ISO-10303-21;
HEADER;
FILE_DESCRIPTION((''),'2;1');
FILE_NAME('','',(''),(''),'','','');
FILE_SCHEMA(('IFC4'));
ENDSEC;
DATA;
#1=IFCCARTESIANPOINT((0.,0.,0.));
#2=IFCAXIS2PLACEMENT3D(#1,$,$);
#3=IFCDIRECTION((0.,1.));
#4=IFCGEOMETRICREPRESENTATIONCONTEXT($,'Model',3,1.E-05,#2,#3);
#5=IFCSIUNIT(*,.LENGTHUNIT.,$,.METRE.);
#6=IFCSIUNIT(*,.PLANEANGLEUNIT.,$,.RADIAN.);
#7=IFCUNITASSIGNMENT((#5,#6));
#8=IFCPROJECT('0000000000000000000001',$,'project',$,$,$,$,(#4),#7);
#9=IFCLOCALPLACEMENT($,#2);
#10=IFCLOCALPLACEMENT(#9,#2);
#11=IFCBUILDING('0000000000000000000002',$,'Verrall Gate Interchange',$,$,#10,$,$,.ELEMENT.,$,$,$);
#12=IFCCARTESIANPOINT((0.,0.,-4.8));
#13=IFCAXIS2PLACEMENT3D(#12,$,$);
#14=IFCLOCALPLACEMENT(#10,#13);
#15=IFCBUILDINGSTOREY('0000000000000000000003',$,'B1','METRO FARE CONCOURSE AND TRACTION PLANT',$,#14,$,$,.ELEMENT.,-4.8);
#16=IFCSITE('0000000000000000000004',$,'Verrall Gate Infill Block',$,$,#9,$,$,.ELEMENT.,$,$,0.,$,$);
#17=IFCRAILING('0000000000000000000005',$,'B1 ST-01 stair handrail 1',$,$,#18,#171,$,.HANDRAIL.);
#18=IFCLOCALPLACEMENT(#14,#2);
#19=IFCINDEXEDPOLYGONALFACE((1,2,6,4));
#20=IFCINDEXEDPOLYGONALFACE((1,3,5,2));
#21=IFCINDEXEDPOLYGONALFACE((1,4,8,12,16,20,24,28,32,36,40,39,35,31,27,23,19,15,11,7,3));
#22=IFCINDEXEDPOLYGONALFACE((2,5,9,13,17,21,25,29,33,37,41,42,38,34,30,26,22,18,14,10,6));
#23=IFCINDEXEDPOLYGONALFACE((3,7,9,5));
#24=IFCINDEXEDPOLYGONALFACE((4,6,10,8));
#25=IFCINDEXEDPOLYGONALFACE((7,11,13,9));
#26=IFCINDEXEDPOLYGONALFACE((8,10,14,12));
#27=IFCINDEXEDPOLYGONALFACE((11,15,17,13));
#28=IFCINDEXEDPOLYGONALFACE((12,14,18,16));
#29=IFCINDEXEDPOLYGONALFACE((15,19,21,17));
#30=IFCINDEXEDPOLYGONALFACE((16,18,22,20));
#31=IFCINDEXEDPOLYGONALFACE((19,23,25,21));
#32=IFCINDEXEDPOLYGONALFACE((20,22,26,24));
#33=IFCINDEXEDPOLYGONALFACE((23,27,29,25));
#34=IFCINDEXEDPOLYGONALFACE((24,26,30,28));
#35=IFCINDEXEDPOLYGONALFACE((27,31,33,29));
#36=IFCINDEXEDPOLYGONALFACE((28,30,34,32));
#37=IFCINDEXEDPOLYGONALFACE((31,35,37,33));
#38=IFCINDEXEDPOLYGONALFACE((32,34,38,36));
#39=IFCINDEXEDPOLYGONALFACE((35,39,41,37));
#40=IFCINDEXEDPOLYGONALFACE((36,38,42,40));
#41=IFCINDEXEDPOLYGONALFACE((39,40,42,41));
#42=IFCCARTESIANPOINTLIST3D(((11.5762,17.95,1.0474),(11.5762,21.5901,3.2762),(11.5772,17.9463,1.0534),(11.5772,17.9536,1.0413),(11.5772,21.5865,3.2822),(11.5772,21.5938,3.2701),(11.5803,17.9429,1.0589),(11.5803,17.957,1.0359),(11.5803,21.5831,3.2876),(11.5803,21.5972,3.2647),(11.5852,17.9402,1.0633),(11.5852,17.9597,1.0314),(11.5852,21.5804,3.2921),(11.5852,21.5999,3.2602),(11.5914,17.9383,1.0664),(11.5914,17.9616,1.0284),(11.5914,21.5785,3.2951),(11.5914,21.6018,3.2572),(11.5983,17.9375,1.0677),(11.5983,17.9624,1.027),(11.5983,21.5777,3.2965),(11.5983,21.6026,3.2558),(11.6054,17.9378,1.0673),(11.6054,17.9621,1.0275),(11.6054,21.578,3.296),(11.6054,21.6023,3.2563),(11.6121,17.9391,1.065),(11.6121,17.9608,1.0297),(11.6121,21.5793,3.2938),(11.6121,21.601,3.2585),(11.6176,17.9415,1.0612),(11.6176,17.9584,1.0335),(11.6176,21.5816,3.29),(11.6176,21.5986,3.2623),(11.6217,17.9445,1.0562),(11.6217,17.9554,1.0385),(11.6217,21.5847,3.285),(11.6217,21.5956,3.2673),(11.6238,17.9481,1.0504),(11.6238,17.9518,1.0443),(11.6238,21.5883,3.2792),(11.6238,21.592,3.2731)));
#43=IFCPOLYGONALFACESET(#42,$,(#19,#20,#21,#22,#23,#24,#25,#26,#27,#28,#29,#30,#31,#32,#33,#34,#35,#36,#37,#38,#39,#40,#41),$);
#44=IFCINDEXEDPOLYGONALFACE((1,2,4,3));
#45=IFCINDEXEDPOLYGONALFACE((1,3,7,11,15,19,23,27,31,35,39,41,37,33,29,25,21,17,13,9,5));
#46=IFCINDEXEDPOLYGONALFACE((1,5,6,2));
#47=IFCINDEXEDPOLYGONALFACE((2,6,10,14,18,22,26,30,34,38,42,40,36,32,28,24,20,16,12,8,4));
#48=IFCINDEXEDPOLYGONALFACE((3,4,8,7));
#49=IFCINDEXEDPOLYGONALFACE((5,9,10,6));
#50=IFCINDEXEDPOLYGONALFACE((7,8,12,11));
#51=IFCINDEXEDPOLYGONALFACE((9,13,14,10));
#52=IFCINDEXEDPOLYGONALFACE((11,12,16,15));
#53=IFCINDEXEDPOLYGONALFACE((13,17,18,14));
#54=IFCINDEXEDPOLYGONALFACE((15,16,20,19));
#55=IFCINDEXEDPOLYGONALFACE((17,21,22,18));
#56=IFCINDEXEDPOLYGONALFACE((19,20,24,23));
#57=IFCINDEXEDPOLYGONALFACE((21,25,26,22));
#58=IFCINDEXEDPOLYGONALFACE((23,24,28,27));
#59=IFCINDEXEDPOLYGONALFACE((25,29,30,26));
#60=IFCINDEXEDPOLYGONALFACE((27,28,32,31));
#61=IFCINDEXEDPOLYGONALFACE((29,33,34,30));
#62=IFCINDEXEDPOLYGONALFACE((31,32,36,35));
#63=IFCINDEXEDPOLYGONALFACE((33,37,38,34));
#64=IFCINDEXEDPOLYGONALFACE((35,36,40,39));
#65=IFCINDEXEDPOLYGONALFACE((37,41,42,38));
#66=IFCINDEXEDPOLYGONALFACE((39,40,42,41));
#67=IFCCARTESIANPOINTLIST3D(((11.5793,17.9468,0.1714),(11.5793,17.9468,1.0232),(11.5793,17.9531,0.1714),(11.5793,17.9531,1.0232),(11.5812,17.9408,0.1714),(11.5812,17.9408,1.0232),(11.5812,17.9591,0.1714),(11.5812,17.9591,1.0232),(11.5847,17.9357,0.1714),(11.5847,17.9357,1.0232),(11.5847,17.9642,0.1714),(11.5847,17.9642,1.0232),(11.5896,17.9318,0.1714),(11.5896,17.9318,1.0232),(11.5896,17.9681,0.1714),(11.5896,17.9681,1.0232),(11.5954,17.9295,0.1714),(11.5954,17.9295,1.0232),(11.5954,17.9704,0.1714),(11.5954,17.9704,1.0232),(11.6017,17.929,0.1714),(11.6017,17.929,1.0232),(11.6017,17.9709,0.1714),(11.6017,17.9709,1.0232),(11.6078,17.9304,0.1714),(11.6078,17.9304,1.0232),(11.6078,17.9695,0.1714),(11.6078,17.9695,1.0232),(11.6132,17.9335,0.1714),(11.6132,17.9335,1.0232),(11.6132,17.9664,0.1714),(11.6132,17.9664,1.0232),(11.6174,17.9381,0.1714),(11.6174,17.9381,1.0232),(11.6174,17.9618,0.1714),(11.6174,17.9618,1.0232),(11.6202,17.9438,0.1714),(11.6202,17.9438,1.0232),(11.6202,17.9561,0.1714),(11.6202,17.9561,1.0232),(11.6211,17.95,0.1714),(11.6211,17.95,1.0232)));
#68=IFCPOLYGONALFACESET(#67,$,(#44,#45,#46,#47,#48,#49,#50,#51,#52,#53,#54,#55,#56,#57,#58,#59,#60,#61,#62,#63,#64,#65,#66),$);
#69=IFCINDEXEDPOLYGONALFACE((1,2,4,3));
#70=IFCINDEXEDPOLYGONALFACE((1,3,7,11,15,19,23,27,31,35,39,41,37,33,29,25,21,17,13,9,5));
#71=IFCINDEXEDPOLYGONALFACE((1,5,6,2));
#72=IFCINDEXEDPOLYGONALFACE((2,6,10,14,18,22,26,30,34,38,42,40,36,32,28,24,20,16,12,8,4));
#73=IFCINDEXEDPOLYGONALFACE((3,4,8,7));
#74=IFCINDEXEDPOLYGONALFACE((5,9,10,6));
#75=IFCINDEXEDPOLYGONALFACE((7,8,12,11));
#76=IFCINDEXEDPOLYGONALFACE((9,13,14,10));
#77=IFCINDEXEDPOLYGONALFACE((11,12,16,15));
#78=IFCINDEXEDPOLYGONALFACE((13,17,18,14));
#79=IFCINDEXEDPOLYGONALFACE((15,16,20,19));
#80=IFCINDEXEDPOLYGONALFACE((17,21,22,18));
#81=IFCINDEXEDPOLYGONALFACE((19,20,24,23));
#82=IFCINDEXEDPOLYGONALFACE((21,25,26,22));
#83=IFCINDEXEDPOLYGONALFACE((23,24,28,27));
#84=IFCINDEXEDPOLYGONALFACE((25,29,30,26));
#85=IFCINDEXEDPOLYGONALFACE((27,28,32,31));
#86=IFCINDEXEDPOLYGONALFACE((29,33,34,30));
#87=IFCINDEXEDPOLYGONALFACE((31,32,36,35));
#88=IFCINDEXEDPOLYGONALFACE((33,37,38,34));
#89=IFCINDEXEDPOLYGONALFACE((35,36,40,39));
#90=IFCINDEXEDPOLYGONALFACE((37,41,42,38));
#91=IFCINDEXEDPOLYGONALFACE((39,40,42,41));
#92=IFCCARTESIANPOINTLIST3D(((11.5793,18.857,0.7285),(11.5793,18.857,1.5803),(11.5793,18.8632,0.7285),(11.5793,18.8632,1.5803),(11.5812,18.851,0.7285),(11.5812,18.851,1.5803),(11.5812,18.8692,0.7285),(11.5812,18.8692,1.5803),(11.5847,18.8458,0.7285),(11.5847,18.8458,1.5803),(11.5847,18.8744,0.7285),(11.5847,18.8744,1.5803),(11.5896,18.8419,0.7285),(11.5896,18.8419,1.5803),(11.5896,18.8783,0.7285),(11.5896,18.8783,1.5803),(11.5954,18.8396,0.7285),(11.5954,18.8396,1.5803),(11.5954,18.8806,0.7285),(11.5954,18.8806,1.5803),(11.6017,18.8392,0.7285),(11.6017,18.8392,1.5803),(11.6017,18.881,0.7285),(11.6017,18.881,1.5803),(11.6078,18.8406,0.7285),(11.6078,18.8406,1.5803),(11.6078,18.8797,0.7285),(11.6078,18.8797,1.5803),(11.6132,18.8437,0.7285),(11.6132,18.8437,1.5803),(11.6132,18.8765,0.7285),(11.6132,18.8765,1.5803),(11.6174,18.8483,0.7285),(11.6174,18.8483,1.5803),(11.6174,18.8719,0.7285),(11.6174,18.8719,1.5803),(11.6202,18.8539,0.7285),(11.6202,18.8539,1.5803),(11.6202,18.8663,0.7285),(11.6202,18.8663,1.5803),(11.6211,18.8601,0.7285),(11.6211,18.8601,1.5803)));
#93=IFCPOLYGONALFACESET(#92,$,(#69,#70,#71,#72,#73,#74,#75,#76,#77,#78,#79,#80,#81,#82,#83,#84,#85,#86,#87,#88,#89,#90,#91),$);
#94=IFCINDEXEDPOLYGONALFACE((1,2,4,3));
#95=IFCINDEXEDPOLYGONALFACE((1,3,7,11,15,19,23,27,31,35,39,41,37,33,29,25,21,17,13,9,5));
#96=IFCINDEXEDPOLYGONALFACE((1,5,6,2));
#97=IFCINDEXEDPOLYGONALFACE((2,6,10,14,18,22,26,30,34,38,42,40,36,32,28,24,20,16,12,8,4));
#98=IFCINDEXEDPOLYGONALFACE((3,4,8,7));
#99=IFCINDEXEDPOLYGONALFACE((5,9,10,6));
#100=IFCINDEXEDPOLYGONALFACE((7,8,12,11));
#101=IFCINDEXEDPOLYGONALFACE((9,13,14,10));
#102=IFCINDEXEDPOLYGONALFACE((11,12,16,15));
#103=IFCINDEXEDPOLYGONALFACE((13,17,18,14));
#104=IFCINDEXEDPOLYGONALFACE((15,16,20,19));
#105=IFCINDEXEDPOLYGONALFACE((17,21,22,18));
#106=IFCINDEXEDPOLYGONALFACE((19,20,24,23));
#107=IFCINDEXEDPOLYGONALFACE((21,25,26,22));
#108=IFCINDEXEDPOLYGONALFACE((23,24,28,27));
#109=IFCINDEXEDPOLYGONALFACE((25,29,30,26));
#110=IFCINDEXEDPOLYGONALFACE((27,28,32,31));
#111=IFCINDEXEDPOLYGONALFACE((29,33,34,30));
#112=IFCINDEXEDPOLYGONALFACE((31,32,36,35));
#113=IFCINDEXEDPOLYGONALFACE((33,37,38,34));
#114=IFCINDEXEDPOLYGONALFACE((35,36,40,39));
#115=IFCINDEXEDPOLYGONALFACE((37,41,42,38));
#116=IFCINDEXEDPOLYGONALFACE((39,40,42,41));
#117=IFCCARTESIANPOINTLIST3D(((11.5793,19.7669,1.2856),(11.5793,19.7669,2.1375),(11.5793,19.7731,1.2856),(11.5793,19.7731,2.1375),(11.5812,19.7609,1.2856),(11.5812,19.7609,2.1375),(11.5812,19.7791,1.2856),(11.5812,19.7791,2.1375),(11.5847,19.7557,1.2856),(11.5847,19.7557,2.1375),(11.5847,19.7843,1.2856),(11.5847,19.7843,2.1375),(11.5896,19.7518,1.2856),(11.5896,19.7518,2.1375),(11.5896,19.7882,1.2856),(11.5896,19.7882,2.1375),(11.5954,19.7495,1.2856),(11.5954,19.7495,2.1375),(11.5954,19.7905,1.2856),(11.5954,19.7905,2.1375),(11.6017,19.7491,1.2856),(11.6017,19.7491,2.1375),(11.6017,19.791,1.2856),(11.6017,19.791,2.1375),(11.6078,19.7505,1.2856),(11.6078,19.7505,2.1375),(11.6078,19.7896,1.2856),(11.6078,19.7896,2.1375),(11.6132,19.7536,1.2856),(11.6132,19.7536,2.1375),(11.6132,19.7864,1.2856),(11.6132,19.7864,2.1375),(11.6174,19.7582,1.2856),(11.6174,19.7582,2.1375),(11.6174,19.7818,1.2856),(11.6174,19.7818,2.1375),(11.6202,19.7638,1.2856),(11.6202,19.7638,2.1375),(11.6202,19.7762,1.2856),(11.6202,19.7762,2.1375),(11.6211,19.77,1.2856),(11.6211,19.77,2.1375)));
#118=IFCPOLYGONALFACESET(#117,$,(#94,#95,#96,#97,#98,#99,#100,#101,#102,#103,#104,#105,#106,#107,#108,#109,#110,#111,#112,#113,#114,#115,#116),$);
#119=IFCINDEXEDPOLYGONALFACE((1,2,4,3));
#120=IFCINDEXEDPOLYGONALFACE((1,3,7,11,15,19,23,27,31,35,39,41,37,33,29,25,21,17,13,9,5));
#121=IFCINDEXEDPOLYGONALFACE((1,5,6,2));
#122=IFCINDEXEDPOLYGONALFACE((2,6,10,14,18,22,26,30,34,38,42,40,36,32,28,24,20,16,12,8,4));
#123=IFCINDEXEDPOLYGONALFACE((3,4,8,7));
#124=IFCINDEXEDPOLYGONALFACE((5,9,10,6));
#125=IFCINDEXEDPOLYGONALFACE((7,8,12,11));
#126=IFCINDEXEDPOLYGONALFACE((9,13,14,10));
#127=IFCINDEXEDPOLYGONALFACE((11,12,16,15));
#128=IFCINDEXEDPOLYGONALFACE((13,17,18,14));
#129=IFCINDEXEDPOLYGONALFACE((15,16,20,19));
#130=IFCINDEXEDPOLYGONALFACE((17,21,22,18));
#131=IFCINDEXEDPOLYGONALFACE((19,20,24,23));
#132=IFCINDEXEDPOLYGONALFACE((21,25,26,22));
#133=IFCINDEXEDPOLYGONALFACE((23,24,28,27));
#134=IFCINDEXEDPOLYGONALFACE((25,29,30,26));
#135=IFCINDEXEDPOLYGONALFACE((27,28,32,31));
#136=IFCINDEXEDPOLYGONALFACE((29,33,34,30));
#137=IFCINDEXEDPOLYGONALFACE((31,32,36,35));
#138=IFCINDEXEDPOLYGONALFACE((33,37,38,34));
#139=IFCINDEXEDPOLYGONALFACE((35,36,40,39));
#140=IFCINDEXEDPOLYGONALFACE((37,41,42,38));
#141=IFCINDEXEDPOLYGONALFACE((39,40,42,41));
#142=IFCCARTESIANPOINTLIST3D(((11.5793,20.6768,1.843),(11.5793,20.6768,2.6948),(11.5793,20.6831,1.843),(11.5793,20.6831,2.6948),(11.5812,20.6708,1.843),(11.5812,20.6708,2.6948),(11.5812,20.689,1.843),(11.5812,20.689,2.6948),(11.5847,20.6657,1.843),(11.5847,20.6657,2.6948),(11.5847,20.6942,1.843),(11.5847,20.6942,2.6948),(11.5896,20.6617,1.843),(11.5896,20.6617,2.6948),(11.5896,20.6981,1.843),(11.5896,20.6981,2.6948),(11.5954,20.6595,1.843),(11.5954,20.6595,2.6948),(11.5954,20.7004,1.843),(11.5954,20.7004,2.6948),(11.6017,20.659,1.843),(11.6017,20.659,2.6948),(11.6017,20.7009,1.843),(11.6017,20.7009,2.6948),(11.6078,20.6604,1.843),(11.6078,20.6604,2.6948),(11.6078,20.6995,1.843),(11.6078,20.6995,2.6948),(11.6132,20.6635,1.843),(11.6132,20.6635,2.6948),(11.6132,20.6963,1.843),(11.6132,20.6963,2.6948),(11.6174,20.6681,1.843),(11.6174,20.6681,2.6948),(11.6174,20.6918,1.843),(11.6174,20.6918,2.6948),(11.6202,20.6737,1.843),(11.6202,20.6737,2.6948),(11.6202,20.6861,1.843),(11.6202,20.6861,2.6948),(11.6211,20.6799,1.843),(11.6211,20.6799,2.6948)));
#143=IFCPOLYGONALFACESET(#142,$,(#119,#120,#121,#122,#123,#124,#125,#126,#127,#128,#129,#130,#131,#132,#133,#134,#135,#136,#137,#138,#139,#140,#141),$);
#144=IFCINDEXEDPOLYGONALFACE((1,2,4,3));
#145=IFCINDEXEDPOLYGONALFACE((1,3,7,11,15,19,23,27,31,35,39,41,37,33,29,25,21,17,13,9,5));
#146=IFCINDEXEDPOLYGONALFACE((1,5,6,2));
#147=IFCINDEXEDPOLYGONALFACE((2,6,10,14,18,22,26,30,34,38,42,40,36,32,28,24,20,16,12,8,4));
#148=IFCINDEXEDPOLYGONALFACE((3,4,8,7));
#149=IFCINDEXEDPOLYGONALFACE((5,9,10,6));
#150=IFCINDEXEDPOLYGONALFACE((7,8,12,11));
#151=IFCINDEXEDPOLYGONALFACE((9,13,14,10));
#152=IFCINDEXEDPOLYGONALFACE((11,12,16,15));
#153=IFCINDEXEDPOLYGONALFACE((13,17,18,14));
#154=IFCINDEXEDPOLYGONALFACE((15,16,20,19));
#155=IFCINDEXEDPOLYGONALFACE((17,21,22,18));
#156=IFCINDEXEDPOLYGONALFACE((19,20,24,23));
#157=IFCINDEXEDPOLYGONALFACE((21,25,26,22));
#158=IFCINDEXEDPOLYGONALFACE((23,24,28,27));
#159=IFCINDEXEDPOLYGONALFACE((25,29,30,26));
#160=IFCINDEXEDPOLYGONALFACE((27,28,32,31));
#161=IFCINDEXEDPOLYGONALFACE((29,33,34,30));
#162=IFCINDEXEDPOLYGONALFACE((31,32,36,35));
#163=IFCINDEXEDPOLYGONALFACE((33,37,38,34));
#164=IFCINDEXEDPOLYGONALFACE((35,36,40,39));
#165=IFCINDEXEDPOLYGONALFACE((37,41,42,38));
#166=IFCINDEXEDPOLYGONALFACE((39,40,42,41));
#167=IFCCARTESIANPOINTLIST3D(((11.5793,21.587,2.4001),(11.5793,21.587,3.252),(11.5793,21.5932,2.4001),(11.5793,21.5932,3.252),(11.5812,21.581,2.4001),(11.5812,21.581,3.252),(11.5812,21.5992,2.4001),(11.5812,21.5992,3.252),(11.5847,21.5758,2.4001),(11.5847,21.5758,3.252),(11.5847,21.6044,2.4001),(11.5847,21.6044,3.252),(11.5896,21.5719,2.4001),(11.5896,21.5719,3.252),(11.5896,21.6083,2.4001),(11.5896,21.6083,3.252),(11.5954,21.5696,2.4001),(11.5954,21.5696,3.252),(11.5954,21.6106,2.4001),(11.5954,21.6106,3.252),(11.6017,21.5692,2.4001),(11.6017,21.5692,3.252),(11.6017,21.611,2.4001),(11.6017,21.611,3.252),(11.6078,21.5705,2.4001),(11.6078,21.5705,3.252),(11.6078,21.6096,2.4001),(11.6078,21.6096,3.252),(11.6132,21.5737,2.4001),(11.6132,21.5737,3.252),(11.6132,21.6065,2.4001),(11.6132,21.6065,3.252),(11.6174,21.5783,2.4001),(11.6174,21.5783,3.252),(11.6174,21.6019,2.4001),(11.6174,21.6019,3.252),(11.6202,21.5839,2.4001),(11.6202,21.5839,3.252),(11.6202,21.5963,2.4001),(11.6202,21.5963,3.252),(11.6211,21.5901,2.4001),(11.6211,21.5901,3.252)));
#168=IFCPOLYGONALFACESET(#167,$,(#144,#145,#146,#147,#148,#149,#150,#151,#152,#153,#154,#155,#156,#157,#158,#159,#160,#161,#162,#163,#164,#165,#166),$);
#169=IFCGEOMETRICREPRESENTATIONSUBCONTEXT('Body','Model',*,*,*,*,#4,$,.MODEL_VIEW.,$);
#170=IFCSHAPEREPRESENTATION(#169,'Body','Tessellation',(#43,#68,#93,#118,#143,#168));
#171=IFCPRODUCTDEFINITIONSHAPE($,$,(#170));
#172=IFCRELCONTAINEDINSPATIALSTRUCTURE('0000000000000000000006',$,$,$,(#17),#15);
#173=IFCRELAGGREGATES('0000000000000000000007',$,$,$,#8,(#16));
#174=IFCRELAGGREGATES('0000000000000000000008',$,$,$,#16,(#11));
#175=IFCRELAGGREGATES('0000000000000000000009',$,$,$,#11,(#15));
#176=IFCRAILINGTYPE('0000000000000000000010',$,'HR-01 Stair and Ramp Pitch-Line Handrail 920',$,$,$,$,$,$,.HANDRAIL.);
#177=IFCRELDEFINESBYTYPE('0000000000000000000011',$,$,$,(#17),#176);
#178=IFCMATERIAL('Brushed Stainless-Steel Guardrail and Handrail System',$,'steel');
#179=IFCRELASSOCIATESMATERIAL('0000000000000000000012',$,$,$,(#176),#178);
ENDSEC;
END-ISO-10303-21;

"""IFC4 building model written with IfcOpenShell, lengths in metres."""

from ifc_helpers import new_model, si_unit, direction, frame, origin, origin_2d, place, context, subcontext, project, spatial, circle, extrude, material, type_object, element, save


model = new_model("IFC4")

# Units and contexts
model_context = context("Model", 3, precision=1e-05, world=origin(), true_north=direction((0.0, 1.0)))
body_context = subcontext(model_context, "Body", "Model", "MODEL_VIEW")
ifc_project = project(units=[si_unit("LENGTHUNIT", "METRE"), si_unit("PLANEANGLEUNIT", "RADIAN")], contexts=[model_context])

# Site, building, storey
site_placement = place(None, origin())
site = spatial("IfcSite", under=ifc_project, at=site_placement, Name="Verrall Gate Infill Block", CompositionType="ELEMENT", RefElevation=0.0)
building_placement = place(site_placement, origin())
building = spatial("IfcBuilding", under=site, at=building_placement, Name="Verrall Gate Interchange", CompositionType="ELEMENT")
storey_placement = place(building_placement, frame((0.0, 0.0, -4.8)))
storey = spatial("IfcBuildingStorey", under=building, at=storey_placement, Name="B1", Description="METRO FARE CONCOURSE AND TRACTION PLANT", CompositionType="ELEMENT", Elevation=-4.8)

# Railing
ifc_material_1 = material(Name="Brushed Stainless-Steel Guardrail and Handrail System", Category="steel")
railing_type_1 = type_object("IfcRailingType", Name="HR-01 Stair and Ramp Pitch-Line Handrail 920", PredefinedType="HANDRAIL", material=ifc_material_1)
railing_1_placement = place(storey_placement, frame((11.6001, 17.95, 0.1714)))
element("IfcRailing", 1, at=railing_1_placement, inside=storey, type_object=railing_type_1, Name="B1 ST-01 stair handrail 1", PredefinedType="HANDRAIL", context=body_context, shape_type="SweptSolid", body=[
    extrude(circle(Radius=0.0239, at=origin_2d()), frame((0.0, 0.0, 0.876), z_axis=(0.0, 0.85284, 0.522172), x_axis=(-1.0, 0.0, 0.0)), (0.0, 0.0, 1.0), 4.2683),
    extrude(circle(Radius=0.021, at=origin_2d()), origin(), (0.0, 0.0, 1.0), 0.8518),
    extrude(circle(Radius=0.021, at=origin_2d()), frame((0.0, 0.9102, 0.5571)), (0.0, 0.0, 1.0), 0.8518),
    extrude(circle(Radius=0.021, at=origin_2d()), frame((0.0, 1.8201, 1.1143)), (0.0, 0.0, 1.0), 0.8518),
    extrude(circle(Radius=0.021, at=origin_2d()), frame((0.0, 2.73, 1.6716)), (0.0, 0.0, 1.0), 0.8518),
    extrude(circle(Radius=0.021, at=origin_2d()), frame((0.0, 3.6401, 2.2288)), (0.0, 0.0, 1.0), 0.8518),
])

save(model, "model.ifc")
